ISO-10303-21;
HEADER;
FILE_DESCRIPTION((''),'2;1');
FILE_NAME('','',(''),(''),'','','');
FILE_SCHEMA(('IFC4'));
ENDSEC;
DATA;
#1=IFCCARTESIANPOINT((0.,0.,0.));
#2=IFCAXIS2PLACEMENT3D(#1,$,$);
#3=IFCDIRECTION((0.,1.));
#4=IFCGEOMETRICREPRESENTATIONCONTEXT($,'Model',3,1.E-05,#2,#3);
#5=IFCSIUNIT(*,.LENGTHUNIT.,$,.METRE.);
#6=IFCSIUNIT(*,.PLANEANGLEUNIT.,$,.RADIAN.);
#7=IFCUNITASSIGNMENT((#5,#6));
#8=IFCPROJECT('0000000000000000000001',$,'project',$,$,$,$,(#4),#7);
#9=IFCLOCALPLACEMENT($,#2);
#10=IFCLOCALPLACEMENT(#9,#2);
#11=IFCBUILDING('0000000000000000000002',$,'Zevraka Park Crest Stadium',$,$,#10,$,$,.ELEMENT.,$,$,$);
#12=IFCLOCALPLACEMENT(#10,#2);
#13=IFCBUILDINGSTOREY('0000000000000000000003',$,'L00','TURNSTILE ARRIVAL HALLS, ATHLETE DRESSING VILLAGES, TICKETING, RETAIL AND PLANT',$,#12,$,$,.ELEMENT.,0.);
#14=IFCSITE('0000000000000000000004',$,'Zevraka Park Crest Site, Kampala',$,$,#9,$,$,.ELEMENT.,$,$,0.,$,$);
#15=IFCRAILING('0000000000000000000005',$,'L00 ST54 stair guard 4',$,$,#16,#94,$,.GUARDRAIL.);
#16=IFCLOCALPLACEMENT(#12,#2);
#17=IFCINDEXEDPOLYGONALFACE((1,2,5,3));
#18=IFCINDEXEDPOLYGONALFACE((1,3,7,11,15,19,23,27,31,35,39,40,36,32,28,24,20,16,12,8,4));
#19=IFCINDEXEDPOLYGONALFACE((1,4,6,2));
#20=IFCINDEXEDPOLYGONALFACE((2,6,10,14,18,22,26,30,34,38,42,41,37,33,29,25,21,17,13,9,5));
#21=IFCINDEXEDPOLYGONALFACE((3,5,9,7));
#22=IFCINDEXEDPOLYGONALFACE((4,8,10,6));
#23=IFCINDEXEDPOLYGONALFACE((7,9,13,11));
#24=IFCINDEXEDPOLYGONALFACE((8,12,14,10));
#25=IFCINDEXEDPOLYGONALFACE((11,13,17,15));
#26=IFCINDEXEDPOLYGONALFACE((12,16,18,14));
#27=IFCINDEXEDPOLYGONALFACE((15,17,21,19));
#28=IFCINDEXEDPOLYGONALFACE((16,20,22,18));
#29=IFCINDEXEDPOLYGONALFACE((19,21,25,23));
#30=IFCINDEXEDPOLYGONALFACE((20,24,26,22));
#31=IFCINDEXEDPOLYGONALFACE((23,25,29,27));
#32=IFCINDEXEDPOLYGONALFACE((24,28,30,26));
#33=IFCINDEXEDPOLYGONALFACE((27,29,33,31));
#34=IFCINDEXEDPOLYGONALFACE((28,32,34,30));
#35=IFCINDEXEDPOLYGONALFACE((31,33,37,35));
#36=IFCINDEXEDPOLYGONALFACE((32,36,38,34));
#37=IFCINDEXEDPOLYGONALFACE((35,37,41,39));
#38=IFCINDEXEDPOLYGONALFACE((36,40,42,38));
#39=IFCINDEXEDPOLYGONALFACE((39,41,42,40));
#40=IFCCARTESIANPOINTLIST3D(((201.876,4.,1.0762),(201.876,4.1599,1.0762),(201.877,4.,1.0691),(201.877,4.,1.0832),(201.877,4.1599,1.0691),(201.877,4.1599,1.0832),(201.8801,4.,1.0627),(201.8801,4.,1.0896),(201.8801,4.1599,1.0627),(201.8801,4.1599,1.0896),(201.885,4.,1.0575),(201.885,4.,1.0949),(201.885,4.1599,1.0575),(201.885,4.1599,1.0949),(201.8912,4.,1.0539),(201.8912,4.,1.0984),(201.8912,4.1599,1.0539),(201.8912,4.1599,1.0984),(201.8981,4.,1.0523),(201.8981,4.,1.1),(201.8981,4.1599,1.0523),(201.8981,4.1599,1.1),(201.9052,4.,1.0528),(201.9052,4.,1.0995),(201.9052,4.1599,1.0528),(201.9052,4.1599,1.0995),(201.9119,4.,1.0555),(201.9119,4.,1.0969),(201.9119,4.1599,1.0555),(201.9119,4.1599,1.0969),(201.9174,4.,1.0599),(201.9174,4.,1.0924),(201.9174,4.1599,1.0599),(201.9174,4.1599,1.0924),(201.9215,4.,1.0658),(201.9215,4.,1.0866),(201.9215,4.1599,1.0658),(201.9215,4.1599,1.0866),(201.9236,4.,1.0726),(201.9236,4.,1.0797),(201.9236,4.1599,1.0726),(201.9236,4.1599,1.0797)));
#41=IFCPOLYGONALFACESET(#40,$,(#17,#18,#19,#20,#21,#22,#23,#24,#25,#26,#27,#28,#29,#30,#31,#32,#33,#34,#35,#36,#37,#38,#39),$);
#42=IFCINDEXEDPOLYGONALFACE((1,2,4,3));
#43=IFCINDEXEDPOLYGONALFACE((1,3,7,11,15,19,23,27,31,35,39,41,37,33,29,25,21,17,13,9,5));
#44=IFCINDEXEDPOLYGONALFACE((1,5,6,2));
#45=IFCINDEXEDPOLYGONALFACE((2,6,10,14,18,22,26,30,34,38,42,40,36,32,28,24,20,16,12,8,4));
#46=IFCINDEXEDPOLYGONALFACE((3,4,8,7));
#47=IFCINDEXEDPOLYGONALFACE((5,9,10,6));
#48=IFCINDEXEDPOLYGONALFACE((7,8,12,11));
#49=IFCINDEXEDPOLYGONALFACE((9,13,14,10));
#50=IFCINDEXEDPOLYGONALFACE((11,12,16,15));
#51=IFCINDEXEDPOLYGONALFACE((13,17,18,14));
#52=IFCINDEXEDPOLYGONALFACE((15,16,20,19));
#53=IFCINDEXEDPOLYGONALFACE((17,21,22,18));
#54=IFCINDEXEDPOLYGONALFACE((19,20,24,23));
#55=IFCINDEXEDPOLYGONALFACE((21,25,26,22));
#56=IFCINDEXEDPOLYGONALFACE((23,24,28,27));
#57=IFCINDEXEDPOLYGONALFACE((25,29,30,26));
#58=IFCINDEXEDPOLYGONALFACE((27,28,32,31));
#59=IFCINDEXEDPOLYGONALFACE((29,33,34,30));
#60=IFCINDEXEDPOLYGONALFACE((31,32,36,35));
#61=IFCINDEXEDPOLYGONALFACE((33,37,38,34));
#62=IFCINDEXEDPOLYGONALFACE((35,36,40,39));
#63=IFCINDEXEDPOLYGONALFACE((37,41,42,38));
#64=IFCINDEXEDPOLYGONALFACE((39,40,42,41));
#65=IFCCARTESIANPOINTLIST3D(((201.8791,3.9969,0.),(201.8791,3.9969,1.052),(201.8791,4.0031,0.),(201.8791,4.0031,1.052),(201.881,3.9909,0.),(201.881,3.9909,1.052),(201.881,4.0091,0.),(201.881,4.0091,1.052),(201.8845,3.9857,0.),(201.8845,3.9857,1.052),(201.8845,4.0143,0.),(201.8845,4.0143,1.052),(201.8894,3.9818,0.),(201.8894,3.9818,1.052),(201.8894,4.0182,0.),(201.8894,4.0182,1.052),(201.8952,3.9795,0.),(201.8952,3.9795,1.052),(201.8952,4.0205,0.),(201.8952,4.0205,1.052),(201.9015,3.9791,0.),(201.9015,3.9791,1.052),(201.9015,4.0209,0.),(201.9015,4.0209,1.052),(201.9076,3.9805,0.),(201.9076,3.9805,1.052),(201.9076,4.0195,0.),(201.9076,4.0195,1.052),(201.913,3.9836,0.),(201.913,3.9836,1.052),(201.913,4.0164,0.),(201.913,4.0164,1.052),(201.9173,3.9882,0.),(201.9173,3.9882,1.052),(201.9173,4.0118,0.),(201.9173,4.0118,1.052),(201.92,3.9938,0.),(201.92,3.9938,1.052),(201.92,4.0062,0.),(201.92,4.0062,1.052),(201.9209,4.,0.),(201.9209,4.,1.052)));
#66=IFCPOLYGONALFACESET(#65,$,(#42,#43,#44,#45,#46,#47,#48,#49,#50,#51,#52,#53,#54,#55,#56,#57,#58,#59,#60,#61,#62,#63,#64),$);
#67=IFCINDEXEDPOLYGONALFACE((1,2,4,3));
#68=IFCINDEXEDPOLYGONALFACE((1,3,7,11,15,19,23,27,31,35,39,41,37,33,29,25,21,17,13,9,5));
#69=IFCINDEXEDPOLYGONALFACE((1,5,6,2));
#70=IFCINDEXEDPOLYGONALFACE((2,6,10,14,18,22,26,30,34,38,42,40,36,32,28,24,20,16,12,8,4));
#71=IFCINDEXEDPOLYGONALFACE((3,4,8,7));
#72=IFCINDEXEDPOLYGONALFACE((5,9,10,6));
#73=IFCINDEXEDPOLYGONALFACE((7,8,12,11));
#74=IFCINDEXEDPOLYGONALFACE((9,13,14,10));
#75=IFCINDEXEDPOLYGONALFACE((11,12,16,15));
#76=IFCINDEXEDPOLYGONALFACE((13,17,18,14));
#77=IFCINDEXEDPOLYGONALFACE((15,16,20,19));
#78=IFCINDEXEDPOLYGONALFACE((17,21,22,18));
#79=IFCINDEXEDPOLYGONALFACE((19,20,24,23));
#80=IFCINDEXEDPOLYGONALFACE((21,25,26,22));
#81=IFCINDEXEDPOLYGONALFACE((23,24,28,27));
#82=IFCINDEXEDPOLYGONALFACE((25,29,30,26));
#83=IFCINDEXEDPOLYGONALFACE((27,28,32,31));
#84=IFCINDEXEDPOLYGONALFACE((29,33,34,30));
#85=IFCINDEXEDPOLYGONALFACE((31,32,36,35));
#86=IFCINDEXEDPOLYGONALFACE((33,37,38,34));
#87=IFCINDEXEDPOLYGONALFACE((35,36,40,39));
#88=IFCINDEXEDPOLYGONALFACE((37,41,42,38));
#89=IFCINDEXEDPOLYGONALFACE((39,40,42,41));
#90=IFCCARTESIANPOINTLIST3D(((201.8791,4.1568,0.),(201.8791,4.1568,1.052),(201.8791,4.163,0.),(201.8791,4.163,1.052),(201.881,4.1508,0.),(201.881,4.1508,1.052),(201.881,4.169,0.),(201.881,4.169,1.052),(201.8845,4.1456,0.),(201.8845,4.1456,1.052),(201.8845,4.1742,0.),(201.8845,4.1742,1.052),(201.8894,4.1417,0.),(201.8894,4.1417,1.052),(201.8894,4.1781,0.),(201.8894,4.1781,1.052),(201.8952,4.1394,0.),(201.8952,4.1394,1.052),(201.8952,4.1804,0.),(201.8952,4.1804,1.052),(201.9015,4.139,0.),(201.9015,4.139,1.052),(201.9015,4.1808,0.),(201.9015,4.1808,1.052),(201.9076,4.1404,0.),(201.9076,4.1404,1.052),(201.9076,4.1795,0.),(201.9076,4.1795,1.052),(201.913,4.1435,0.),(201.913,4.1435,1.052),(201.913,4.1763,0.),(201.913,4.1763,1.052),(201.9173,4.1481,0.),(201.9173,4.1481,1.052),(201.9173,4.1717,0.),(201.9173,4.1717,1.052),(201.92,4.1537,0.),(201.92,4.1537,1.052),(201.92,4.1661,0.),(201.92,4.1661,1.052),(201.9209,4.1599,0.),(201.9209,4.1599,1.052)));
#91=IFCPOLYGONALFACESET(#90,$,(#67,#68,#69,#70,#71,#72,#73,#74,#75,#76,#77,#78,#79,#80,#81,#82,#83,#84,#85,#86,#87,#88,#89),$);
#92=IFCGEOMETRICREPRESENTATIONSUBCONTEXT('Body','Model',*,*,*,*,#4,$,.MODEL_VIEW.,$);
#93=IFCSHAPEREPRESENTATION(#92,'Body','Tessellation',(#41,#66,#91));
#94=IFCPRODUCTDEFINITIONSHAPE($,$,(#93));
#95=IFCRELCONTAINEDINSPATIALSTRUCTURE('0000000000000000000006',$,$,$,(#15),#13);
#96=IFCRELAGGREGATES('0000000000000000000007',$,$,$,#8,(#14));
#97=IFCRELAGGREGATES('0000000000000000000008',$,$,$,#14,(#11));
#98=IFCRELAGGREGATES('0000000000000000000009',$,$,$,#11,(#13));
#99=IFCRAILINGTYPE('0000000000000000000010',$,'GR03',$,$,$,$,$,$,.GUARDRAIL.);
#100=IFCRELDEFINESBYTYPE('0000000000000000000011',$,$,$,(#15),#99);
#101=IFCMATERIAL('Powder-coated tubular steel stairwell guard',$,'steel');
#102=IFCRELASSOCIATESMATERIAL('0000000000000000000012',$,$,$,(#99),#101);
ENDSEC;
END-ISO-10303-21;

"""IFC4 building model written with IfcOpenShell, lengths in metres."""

from ifc_helpers import new_model, si_unit, direction, frame, origin, origin_2d, place, context, subcontext, project, spatial, circle, extrude, material, type_object, element, save


model = new_model("IFC4")

# Units and contexts
model_context = context("Model", 3, precision=1e-05, world=origin(), true_north=direction((0.0, 1.0)))
body_context = subcontext(model_context, "Body", "Model", "MODEL_VIEW")
ifc_project = project(units=[si_unit("LENGTHUNIT", "METRE"), si_unit("PLANEANGLEUNIT", "RADIAN")], contexts=[model_context])

# Site, building, storey
site_placement = place(None, origin())
site = spatial("IfcSite", under=ifc_project, at=site_placement, Name="Zevraka Park Crest Site, Kampala", CompositionType="ELEMENT", RefElevation=0.0)
building_placement = place(site_placement, origin())
building = spatial("IfcBuilding", under=site, at=building_placement, Name="Zevraka Park Crest Stadium", CompositionType="ELEMENT")
storey_placement = place(building_placement, origin())
storey = spatial("IfcBuildingStorey", under=building, at=storey_placement, Name="L00", Description="TURNSTILE ARRIVAL HALLS, ATHLETE DRESSING VILLAGES, TICKETING, RETAIL AND PLANT", CompositionType="ELEMENT", Elevation=0.0)

# Railing
ifc_material_1 = material(Name="Powder-coated tubular steel stairwell guard", Category="steel")
railing_type_1 = type_object("IfcRailingType", Name="GR03", PredefinedType="GUARDRAIL", material=ifc_material_1)
railing_1_placement = place(storey_placement, frame((201.8999, 4.0, 0.0)))
element("IfcRailing", 1, at=railing_1_placement, inside=storey, type_object=railing_type_1, Name="L00 ST54 stair guard 4", PredefinedType="GUARDRAIL", context=body_context, shape_type="SweptSolid", body=[
    extrude(circle(Radius=0.0239, at=origin_2d()), frame((0.0, 0.0, 1.0762), z_axis=(0.0, 1.0, 0.0), x_axis=(-1.0, 0.0, 0.0)), (0.0, 0.0, 1.0), 0.1599),
    extrude(circle(Radius=0.021, at=origin_2d()), origin(), (0.0, 0.0, 1.0), 1.052),
    extrude(circle(Radius=0.021, at=origin_2d()), frame((0.0, 0.1599, 0.0)), (0.0, 0.0, 1.0), 1.052),
])

save(model, "model.ifc")
